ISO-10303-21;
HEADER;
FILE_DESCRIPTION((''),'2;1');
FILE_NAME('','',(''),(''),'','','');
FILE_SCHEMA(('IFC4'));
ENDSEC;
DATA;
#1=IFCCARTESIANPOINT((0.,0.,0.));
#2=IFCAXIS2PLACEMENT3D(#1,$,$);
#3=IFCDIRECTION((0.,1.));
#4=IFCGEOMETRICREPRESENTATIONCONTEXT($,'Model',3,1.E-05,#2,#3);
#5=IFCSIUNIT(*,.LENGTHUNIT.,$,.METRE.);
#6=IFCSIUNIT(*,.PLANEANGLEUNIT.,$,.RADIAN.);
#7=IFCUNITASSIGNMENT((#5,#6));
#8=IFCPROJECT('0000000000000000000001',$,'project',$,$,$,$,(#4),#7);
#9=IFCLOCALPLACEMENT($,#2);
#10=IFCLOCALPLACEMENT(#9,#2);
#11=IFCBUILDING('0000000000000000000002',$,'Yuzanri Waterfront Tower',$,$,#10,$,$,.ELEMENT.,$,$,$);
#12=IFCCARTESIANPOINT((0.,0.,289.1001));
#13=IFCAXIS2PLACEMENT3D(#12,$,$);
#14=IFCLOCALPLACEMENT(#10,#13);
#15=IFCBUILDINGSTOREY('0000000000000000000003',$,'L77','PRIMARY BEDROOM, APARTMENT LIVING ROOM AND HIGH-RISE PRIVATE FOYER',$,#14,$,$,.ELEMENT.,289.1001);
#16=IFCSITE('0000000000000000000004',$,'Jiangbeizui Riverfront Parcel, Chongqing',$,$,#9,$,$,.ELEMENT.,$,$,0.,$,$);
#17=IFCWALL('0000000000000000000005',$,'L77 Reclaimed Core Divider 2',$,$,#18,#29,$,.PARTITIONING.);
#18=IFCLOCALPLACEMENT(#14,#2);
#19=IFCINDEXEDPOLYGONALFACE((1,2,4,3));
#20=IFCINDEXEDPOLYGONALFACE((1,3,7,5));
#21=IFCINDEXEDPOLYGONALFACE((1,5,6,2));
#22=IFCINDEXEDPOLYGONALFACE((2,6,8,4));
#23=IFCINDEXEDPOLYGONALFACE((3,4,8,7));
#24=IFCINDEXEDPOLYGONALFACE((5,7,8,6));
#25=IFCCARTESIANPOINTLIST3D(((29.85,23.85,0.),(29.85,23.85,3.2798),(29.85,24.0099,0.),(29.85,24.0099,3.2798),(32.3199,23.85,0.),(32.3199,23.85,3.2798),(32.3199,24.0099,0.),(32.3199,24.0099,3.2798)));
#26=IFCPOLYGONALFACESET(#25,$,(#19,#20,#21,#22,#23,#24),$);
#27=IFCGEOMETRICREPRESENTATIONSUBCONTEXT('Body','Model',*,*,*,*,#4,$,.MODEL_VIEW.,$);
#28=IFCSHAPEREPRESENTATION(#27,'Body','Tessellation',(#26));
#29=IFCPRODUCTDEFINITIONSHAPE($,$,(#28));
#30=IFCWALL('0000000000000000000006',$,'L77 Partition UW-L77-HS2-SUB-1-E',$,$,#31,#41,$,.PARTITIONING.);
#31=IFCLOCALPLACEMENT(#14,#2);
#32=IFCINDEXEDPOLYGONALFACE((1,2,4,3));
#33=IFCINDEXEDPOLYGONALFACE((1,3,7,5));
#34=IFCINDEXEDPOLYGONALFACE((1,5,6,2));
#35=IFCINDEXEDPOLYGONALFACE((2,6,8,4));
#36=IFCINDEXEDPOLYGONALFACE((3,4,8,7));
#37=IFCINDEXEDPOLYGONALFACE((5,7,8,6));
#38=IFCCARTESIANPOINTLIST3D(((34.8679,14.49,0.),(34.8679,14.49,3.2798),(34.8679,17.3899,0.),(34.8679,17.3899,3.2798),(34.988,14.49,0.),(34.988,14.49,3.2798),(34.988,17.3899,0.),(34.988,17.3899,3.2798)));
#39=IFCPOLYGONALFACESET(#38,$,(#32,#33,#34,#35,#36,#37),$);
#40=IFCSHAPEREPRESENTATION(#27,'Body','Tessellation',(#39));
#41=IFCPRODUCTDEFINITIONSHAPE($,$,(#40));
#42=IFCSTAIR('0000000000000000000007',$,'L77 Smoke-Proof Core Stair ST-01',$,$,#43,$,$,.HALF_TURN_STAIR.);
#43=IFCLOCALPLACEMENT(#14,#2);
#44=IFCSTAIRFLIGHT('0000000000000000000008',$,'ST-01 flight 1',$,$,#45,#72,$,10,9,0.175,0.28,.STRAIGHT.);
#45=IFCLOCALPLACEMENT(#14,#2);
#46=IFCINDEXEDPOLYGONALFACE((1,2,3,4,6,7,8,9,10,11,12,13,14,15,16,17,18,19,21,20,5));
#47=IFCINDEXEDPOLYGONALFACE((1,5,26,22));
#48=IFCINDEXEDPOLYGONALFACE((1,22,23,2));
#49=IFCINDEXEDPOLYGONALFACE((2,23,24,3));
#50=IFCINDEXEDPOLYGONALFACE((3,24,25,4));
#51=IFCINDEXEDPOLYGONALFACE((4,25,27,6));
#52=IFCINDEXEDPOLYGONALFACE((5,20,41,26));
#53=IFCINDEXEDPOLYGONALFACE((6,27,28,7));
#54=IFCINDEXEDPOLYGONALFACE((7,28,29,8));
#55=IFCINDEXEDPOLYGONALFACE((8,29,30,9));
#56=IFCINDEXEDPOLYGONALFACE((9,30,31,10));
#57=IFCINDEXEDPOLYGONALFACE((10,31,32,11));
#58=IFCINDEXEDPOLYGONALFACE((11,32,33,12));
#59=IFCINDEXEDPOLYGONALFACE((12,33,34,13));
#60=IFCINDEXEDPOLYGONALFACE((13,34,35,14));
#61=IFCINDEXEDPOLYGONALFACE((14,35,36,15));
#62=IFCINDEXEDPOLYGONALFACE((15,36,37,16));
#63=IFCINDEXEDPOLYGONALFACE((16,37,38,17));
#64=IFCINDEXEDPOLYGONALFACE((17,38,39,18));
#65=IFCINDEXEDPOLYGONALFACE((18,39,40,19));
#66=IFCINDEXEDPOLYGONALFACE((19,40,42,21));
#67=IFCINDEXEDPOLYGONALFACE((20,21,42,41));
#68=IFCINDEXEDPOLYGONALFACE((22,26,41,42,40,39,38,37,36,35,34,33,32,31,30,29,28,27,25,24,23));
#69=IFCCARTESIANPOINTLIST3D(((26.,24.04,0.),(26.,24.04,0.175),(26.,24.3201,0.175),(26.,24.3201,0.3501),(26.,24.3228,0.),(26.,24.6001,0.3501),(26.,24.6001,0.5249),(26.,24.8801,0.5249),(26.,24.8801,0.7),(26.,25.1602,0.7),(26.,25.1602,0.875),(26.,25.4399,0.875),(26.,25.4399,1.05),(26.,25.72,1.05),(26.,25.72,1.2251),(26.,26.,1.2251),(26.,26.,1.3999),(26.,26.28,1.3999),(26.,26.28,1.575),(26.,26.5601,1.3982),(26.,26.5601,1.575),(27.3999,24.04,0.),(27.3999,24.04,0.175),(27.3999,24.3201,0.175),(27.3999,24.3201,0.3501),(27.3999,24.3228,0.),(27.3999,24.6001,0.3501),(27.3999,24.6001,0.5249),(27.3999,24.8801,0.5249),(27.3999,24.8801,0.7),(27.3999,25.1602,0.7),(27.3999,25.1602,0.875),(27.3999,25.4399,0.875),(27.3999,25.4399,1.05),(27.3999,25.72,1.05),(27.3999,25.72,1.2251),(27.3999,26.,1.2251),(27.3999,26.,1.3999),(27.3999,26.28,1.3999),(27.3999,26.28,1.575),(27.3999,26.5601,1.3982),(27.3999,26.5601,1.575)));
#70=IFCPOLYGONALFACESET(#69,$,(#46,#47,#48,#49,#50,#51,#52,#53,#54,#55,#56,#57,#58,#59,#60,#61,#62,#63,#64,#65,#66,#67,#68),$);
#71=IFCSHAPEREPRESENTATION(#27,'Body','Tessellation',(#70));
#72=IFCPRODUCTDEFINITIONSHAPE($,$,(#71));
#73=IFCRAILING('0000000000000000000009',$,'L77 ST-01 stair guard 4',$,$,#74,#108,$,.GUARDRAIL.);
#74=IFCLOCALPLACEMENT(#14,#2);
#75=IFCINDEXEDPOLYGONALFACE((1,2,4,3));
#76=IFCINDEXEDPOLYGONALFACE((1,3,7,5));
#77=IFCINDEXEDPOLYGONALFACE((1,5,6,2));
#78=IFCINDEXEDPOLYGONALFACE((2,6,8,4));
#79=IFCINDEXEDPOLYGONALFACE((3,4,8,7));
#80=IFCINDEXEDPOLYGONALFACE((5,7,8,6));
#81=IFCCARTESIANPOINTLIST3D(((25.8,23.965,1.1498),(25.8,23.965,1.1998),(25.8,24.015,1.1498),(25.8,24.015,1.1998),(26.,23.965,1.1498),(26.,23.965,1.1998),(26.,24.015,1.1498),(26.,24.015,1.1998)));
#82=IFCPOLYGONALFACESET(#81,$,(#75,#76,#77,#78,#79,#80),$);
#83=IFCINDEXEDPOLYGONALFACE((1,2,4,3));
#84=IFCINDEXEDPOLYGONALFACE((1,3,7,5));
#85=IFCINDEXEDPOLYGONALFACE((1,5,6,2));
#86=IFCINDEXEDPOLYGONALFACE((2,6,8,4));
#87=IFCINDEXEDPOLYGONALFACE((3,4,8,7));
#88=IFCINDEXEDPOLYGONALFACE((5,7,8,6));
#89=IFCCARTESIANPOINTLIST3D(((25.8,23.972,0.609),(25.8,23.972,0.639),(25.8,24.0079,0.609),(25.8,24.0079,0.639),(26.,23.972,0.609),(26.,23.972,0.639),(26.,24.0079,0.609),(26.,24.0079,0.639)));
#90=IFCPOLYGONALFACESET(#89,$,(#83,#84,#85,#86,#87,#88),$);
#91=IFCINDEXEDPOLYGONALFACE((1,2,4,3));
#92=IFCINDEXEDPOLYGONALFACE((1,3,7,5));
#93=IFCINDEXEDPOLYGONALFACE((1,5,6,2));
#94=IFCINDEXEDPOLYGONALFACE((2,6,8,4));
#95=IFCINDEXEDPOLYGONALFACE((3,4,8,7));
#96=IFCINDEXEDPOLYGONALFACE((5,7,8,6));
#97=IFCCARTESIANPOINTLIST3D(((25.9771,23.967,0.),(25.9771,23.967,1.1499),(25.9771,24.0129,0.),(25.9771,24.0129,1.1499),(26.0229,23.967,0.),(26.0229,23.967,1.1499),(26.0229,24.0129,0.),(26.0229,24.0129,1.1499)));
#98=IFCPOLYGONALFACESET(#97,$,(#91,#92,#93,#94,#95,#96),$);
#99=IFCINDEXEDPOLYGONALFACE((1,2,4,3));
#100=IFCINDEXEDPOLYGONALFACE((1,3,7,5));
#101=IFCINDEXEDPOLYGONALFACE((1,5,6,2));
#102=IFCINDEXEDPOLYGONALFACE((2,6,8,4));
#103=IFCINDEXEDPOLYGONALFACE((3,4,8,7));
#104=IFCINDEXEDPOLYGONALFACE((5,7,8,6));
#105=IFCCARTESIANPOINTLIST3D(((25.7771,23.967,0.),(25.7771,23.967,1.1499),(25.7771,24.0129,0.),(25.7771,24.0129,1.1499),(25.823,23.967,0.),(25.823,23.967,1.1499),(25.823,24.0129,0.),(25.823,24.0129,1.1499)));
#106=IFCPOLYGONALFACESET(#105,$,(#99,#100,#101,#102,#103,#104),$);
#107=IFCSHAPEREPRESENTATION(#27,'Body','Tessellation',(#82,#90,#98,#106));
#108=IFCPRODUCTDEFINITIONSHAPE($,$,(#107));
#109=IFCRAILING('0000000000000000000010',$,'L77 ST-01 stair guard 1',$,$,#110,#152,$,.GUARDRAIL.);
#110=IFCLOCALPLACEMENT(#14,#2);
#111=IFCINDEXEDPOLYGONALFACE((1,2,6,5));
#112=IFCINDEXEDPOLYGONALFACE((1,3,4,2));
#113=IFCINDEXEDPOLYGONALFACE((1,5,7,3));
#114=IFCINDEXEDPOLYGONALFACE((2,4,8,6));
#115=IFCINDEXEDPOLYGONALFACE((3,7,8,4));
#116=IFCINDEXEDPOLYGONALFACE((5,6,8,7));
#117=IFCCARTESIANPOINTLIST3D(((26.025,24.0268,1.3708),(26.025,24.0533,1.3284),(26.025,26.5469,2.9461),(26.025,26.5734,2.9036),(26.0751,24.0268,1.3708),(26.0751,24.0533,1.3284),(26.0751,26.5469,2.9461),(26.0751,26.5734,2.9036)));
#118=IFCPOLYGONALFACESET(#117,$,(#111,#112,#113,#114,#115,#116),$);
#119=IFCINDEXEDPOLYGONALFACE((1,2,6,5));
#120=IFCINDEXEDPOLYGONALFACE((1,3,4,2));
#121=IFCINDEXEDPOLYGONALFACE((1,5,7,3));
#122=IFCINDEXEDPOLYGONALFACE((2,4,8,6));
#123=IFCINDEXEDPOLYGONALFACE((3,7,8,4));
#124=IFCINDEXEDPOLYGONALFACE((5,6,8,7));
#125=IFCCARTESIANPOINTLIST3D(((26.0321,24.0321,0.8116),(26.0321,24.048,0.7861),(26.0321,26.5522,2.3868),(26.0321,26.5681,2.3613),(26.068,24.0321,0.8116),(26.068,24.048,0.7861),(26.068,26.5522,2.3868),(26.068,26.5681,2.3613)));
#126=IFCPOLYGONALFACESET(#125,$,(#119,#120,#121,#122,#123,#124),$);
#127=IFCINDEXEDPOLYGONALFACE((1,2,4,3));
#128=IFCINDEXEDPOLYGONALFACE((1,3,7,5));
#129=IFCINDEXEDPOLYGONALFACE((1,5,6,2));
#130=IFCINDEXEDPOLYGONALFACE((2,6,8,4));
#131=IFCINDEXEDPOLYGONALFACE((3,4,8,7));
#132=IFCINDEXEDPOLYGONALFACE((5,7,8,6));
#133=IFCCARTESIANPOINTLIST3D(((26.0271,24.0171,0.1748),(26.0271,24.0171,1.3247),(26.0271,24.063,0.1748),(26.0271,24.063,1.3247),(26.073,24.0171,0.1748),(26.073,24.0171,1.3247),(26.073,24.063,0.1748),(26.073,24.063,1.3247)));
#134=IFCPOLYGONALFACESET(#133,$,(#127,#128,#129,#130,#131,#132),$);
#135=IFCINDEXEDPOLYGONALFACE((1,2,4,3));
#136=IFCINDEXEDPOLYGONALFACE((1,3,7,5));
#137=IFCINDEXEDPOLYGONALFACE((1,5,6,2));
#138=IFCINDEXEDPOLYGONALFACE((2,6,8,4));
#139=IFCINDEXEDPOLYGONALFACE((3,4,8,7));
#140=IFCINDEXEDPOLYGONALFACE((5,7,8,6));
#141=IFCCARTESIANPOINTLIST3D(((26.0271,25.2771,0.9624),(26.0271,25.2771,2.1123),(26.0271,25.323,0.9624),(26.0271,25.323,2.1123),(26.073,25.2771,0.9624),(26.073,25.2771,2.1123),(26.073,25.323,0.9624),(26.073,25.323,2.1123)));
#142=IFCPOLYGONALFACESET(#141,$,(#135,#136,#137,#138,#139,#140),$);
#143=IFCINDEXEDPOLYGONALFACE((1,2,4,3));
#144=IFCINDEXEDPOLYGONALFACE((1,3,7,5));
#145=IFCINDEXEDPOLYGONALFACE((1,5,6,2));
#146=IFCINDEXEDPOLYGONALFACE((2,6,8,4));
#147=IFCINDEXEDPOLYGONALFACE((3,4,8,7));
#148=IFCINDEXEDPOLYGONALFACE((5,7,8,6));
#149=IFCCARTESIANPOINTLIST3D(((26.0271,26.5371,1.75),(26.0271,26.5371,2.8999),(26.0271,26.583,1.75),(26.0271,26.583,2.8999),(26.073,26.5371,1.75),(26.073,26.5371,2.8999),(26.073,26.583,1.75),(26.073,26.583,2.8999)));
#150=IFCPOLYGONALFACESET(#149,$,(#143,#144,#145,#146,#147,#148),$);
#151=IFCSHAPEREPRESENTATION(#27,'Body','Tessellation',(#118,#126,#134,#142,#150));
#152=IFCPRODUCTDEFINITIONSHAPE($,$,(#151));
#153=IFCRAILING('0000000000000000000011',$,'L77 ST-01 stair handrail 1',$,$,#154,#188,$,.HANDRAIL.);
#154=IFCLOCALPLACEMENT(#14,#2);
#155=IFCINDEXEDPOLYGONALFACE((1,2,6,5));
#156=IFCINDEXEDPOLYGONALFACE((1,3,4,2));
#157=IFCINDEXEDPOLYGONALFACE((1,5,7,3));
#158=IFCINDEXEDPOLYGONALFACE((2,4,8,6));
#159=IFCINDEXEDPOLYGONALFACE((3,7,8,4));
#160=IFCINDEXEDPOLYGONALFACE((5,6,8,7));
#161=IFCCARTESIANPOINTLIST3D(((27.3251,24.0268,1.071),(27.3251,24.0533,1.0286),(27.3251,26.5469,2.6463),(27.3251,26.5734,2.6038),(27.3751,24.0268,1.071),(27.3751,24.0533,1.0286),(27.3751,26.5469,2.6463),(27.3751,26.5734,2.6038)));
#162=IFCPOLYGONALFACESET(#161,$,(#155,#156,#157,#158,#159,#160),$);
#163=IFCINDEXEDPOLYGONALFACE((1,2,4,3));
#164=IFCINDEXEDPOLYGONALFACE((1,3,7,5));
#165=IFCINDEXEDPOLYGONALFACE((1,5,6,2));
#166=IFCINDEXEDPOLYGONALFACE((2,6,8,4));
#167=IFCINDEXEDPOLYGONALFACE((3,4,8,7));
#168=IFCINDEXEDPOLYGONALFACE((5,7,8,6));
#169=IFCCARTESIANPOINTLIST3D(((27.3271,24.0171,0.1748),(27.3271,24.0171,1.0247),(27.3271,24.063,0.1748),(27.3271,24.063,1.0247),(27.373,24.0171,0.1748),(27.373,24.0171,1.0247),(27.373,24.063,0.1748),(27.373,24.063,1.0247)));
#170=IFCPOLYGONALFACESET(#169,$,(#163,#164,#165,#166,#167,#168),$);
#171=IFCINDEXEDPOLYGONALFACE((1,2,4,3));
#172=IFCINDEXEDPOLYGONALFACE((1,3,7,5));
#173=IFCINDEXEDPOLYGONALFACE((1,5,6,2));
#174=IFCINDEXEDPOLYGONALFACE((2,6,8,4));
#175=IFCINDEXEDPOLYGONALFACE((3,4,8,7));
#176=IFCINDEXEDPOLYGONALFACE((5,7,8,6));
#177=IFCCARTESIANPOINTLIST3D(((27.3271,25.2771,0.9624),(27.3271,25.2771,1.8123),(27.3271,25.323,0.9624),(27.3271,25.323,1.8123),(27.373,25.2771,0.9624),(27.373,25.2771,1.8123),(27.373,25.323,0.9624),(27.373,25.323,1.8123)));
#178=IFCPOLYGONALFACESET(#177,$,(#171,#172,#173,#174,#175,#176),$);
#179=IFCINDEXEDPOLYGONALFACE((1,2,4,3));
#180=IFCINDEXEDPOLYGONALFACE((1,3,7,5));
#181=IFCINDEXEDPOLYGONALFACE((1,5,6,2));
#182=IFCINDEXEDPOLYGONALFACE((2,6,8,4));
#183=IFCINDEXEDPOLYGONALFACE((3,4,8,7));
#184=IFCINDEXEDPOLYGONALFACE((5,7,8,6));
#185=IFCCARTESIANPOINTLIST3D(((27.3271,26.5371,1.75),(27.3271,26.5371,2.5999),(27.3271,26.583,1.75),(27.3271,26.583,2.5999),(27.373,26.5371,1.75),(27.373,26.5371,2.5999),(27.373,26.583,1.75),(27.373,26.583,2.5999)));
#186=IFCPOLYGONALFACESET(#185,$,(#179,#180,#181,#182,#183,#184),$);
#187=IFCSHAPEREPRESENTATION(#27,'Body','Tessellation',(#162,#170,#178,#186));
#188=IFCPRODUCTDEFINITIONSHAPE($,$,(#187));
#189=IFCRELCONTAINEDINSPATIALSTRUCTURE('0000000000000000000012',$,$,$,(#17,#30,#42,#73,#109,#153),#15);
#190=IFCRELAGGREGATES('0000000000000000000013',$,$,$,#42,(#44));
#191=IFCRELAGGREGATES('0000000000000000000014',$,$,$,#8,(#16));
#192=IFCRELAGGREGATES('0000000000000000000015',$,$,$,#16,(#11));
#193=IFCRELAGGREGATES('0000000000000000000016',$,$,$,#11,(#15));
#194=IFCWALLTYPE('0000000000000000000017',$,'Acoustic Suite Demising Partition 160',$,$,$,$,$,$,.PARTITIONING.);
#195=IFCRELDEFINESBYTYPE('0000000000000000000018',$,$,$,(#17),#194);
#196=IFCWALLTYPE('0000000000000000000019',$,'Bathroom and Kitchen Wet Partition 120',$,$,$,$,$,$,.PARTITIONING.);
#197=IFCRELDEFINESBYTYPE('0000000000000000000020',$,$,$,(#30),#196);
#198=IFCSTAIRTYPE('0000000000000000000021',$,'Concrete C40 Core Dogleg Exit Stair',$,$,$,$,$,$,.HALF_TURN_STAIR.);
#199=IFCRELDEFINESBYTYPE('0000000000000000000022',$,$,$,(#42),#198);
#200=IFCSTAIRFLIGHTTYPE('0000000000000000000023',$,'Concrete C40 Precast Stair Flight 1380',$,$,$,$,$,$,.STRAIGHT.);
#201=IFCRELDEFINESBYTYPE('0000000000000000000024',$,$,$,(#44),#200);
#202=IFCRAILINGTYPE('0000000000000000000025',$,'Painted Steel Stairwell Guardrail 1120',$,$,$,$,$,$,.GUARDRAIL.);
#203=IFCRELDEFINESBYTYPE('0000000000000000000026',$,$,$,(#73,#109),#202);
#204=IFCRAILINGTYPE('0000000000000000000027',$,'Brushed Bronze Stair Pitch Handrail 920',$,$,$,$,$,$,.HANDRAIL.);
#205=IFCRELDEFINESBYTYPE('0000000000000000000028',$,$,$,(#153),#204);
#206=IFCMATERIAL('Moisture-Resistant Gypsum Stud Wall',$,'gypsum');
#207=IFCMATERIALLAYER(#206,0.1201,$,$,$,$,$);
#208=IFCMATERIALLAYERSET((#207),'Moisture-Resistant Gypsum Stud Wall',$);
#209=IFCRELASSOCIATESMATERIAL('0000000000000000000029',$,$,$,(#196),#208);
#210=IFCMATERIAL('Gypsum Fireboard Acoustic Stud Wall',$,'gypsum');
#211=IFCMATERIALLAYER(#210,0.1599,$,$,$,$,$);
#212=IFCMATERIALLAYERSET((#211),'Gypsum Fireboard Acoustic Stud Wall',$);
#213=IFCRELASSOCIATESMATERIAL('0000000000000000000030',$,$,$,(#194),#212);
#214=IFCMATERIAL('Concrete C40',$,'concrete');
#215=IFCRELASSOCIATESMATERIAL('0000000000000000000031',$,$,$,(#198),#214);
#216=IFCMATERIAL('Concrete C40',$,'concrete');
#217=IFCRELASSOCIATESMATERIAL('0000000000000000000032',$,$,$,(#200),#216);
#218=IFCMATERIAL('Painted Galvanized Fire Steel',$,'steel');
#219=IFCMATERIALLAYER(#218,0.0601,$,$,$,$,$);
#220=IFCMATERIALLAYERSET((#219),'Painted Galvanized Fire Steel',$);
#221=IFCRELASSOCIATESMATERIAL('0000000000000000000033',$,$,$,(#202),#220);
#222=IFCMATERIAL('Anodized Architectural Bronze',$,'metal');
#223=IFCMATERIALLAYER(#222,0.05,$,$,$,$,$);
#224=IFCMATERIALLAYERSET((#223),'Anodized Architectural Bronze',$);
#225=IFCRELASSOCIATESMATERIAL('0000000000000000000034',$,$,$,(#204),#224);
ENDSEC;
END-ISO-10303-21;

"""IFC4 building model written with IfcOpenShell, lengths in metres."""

from ifc_helpers import new_model, si_unit, direction, frame, frame_2d, origin, origin_2d, place, context, subcontext, project, spatial, polyline, rectangle, outline, extrude, source, transform, mapped, material, layer, layer_set, type_object, element, aggregate, save


model = new_model("IFC4")

# Units and contexts
model_context = context("Model", 3, precision=1e-05, world=origin(), true_north=direction((0.0, 1.0)))
body_context = subcontext(model_context, "Body", "Model", "MODEL_VIEW")
ifc_project = project(units=[si_unit("LENGTHUNIT", "METRE"), si_unit("PLANEANGLEUNIT", "RADIAN")], contexts=[model_context])

# Site, building, storey
site_placement = place(None, origin())
site = spatial("IfcSite", under=ifc_project, at=site_placement, Name="Jiangbeizui Riverfront Parcel, Chongqing", CompositionType="ELEMENT", RefElevation=0.0)
building_placement = place(site_placement, origin())
building = spatial("IfcBuilding", under=site, at=building_placement, Name="Yuzanri Waterfront Tower", CompositionType="ELEMENT")
storey_placement = place(building_placement, frame((0.0, 0.0, 289.1001)))
storey = spatial("IfcBuildingStorey", under=building, at=storey_placement, Name="L77", Description="PRIMARY BEDROOM, APARTMENT LIVING ROOM AND HIGH-RISE PRIVATE FOYER", CompositionType="ELEMENT", Elevation=289.1001)

# Shared definitions
ifc_material_1 = material(Name="Moisture-Resistant Gypsum Stud Wall", Category="gypsum")
ifc_layer_1 = layer(ifc_material_1, 0.1201)
ifc_layer_set_1 = layer_set([ifc_layer_1], Name="Moisture-Resistant Gypsum Stud Wall")
wall_type_1 = type_object("IfcWallType", Name="Bathroom and Kitchen Wet Partition 120", PredefinedType="PARTITIONING", material=ifc_layer_set_1)

# Walls
ifc_material_2 = material(Name="Gypsum Fireboard Acoustic Stud Wall", Category="gypsum")
ifc_layer_2 = layer(ifc_material_2, 0.1599)
ifc_layer_set_2 = layer_set([ifc_layer_2], Name="Gypsum Fireboard Acoustic Stud Wall")
wall_type_2 = type_object("IfcWallType", Name="Acoustic Suite Demising Partition 160", PredefinedType="PARTITIONING", material=ifc_layer_set_2)
shared_shape_1 = source(origin(), body_context, "Body", "SweptSolid", [
    extrude(rectangle(XDim=2.47, YDim=0.1599, at=frame_2d((1.2349, 0.0))), origin(), (0.0, 0.0, 1.0), 3.2798),
])
wall_1_placement = place(storey_placement, frame((29.8501, 23.9299, 0.0), z_axis=(0.0, 0.0, 1.0), x_axis=(1.0, 0.0, 0.0)))
element("IfcWall", 1, at=wall_1_placement, inside=storey, type_object=wall_type_2, Name="L77 Reclaimed Core Divider 2", PredefinedType="PARTITIONING", context=body_context, shape_type="MappedRepresentation", body=[
    mapped(shared_shape_1, transform((0.0, 0.0, 0.0), scale=1.0)),
])
shared_shape_2 = source(origin(), body_context, "Body", "SweptSolid", [
    extrude(rectangle(XDim=2.8999, YDim=0.1201, at=frame_2d((1.45, 0.0))), origin(), (0.0, 0.0, 1.0), 3.2798),
])
wall_2_placement = place(storey_placement, frame((34.928, 14.49, 0.0), z_axis=(0.0, 0.0, 1.0), x_axis=(0.0, 1.0, 0.0)))
element("IfcWall", 2, at=wall_2_placement, inside=storey, type_object=wall_type_1, Name="L77 Partition UW-L77-HS2-SUB-1-E", PredefinedType="PARTITIONING", context=body_context, shape_type="MappedRepresentation", body=[
    mapped(shared_shape_2, transform((0.0, 0.0, 0.0), scale=1.0)),
])

# Stair, stair flight
ifc_material_3 = material(Name="Concrete C40", Category="concrete")
stair_type = type_object("IfcStairType", Name="Concrete C40 Core Dogleg Exit Stair", PredefinedType="HALF_TURN_STAIR", material=ifc_material_3)
stair_placement = place(storey_placement, origin())
stair = element("IfcStair", 3, at=stair_placement, inside=storey, type_object=stair_type, Name="L77 Smoke-Proof Core Stair ST-01", PredefinedType="HALF_TURN_STAIR")
ifc_material_4 = material(Name="Concrete C40", Category="concrete")
stair_flight_type = type_object("IfcStairFlightType", Name="Concrete C40 Precast Stair Flight 1380", PredefinedType="STRAIGHT", material=ifc_material_4)
shared_shape_3 = source(origin(), body_context, "Body", "SweptSolid", [
    extrude(outline(polyline([(0.0, 0.0), (0.0, 0.175), (0.28, 0.175), (0.28, 0.3501), (0.5601, 0.3501), (0.5601, 0.5249), (0.8401, 0.5249), (0.8401, 0.7), (1.1201, 0.7), (1.1201, 0.875), (1.3999, 0.875), (1.3999, 1.05), (1.6799, 1.05), (1.6799, 1.2251), (1.96, 1.2251), (1.96, 1.3999), (2.24, 1.3999), (2.24, 1.575), (2.52, 1.575), (2.52, 1.75), (2.52, 1.3982), (0.2827, 0.0), (0.0, 0.0)])), frame((0.0, 0.7, 0.0), z_axis=(0.0, -1.0, 0.0), x_axis=(1.0, 0.0, 0.0)), (0.0, 0.0, 1.0), 1.3999),
])
stair_flight_placement = place(storey_placement, frame((26.7, 24.04, 0.0), z_axis=(0.0, 0.0, 1.0), x_axis=(0.0, 1.0, 0.0)))
stair_flight = element("IfcStairFlight", 4, at=stair_flight_placement, type_object=stair_flight_type, Name="ST-01 flight 1", NumberOfRisers=10, NumberOfTreads=9, PredefinedType="STRAIGHT", RiserHeight=0.175, TreadLength=0.28, context=body_context, shape_type="MappedRepresentation", body=[
    mapped(shared_shape_3, transform((0.0, 0.0, 0.0), scale=1.0)),
])
aggregate(stair, [stair_flight])

# Railings
ifc_material_5 = material(Name="Painted Galvanized Fire Steel", Category="steel")
ifc_layer_3 = layer(ifc_material_5, 0.0601)
ifc_layer_set_3 = layer_set([ifc_layer_3], Name="Painted Galvanized Fire Steel")
railing_type_1 = type_object("IfcRailingType", Name="Painted Steel Stairwell Guardrail 1120", PredefinedType="GUARDRAIL", material=ifc_layer_set_3)
shared_shape_4 = source(origin(), body_context, "Body", "SweptSolid", [
    extrude(rectangle(XDim=0.05, YDim=0.05, at=origin_2d()), frame((0.0, 0.0, 1.1748), z_axis=(-1.0, 0.0, 0.0), x_axis=(0.0, -1.0, 0.0)), (0.0, 0.0, 1.0), 0.2),
    extrude(rectangle(XDim=0.0359, YDim=0.03, at=origin_2d()), frame((0.0, 0.0, 0.624), z_axis=(-1.0, 0.0, 0.0), x_axis=(0.0, -1.0, 0.0)), (0.0, 0.0, 1.0), 0.2),
    extrude(rectangle(XDim=0.0459, YDim=0.0459, at=origin_2d()), origin(), (0.0, 0.0, 1.0), 1.1499),
    extrude(rectangle(XDim=0.0459, YDim=0.0459, at=origin_2d()), frame((-0.2, 0.0, 0.0)), (0.0, 0.0, 1.0), 1.1499),
])
railing_1_placement = place(storey_placement, frame((26.0, 23.99, 0.0)))
element("IfcRailing", 5, at=railing_1_placement, inside=storey, type_object=railing_type_1, Name="L77 ST-01 stair guard 4", PredefinedType="GUARDRAIL", context=body_context, shape_type="MappedRepresentation", body=[
    mapped(shared_shape_4, transform((0.0, 0.0, 0.0), scale=1.0)),
])
shared_shape_5 = source(origin(), body_context, "Body", "SweptSolid", [
    extrude(rectangle(XDim=0.05, YDim=0.05, at=origin_2d()), frame((0.0, 0.0, 1.1748), z_axis=(0.0, 0.847971, 0.530043), x_axis=(-1.0, 0.0, 0.0)), (0.0, 0.0, 1.0), 2.9719),
    extrude(rectangle(XDim=0.0359, YDim=0.03, at=origin_2d()), frame((0.0, 0.0, 0.624), z_axis=(0.0, 0.847971, 0.530043), x_axis=(-1.0, 0.0, 0.0)), (0.0, 0.0, 1.0), 2.9719),
    extrude(rectangle(XDim=0.0459, YDim=0.0459, at=origin_2d()), origin(), (0.0, 0.0, 1.0), 1.1499),
    extrude(rectangle(XDim=0.0459, YDim=0.0459, at=origin_2d()), frame((0.0, 1.26, 0.7876)), (0.0, 0.0, 1.0), 1.1499),
    extrude(rectangle(XDim=0.0459, YDim=0.0459, at=origin_2d()), frame((0.0, 2.52, 1.5752)), (0.0, 0.0, 1.0), 1.1499),
])
railing_2_placement = place(storey_placement, frame((26.05, 24.04, 0.1748)))
element("IfcRailing", 6, at=railing_2_placement, inside=storey, type_object=railing_type_1, Name="L77 ST-01 stair guard 1", PredefinedType="GUARDRAIL", context=body_context, shape_type="MappedRepresentation", body=[
    mapped(shared_shape_5, transform((0.0, 0.0, 0.0), scale=1.0)),
])
ifc_material_6 = material(Name="Anodized Architectural Bronze", Category="metal")
ifc_layer_4 = layer(ifc_material_6, 0.05)
ifc_layer_set_4 = layer_set([ifc_layer_4], Name="Anodized Architectural Bronze")
railing_type_2 = type_object("IfcRailingType", Name="Brushed Bronze Stair Pitch Handrail 920", PredefinedType="HANDRAIL", material=ifc_layer_set_4)
shared_shape_6 = source(origin(), body_context, "Body", "SweptSolid", [
    extrude(rectangle(XDim=0.05, YDim=0.05, at=origin_2d()), frame((0.0, 0.0, 0.875), z_axis=(0.0, 0.847971, 0.530043), x_axis=(-1.0, 0.0, 0.0)), (0.0, 0.0, 1.0), 2.9719),
    extrude(rectangle(XDim=0.0459, YDim=0.0459, at=origin_2d()), origin(), (0.0, 0.0, 1.0), 0.8499),
    extrude(rectangle(XDim=0.0459, YDim=0.0459, at=origin_2d()), frame((0.0, 1.26, 0.7876)), (0.0, 0.0, 1.0), 0.8499),
    extrude(rectangle(XDim=0.0459, YDim=0.0459, at=origin_2d()), frame((0.0, 2.52, 1.5752)), (0.0, 0.0, 1.0), 0.8499),
])
railing_3_placement = place(storey_placement, frame((27.3501, 24.04, 0.1748)))
element("IfcRailing", 7, at=railing_3_placement, inside=storey, type_object=railing_type_2, Name="L77 ST-01 stair handrail 1", PredefinedType="HANDRAIL", context=body_context, shape_type="MappedRepresentation", body=[
    mapped(shared_shape_6, transform((0.0, 0.0, 0.0), scale=1.0)),
])

save(model, "model.ifc")
